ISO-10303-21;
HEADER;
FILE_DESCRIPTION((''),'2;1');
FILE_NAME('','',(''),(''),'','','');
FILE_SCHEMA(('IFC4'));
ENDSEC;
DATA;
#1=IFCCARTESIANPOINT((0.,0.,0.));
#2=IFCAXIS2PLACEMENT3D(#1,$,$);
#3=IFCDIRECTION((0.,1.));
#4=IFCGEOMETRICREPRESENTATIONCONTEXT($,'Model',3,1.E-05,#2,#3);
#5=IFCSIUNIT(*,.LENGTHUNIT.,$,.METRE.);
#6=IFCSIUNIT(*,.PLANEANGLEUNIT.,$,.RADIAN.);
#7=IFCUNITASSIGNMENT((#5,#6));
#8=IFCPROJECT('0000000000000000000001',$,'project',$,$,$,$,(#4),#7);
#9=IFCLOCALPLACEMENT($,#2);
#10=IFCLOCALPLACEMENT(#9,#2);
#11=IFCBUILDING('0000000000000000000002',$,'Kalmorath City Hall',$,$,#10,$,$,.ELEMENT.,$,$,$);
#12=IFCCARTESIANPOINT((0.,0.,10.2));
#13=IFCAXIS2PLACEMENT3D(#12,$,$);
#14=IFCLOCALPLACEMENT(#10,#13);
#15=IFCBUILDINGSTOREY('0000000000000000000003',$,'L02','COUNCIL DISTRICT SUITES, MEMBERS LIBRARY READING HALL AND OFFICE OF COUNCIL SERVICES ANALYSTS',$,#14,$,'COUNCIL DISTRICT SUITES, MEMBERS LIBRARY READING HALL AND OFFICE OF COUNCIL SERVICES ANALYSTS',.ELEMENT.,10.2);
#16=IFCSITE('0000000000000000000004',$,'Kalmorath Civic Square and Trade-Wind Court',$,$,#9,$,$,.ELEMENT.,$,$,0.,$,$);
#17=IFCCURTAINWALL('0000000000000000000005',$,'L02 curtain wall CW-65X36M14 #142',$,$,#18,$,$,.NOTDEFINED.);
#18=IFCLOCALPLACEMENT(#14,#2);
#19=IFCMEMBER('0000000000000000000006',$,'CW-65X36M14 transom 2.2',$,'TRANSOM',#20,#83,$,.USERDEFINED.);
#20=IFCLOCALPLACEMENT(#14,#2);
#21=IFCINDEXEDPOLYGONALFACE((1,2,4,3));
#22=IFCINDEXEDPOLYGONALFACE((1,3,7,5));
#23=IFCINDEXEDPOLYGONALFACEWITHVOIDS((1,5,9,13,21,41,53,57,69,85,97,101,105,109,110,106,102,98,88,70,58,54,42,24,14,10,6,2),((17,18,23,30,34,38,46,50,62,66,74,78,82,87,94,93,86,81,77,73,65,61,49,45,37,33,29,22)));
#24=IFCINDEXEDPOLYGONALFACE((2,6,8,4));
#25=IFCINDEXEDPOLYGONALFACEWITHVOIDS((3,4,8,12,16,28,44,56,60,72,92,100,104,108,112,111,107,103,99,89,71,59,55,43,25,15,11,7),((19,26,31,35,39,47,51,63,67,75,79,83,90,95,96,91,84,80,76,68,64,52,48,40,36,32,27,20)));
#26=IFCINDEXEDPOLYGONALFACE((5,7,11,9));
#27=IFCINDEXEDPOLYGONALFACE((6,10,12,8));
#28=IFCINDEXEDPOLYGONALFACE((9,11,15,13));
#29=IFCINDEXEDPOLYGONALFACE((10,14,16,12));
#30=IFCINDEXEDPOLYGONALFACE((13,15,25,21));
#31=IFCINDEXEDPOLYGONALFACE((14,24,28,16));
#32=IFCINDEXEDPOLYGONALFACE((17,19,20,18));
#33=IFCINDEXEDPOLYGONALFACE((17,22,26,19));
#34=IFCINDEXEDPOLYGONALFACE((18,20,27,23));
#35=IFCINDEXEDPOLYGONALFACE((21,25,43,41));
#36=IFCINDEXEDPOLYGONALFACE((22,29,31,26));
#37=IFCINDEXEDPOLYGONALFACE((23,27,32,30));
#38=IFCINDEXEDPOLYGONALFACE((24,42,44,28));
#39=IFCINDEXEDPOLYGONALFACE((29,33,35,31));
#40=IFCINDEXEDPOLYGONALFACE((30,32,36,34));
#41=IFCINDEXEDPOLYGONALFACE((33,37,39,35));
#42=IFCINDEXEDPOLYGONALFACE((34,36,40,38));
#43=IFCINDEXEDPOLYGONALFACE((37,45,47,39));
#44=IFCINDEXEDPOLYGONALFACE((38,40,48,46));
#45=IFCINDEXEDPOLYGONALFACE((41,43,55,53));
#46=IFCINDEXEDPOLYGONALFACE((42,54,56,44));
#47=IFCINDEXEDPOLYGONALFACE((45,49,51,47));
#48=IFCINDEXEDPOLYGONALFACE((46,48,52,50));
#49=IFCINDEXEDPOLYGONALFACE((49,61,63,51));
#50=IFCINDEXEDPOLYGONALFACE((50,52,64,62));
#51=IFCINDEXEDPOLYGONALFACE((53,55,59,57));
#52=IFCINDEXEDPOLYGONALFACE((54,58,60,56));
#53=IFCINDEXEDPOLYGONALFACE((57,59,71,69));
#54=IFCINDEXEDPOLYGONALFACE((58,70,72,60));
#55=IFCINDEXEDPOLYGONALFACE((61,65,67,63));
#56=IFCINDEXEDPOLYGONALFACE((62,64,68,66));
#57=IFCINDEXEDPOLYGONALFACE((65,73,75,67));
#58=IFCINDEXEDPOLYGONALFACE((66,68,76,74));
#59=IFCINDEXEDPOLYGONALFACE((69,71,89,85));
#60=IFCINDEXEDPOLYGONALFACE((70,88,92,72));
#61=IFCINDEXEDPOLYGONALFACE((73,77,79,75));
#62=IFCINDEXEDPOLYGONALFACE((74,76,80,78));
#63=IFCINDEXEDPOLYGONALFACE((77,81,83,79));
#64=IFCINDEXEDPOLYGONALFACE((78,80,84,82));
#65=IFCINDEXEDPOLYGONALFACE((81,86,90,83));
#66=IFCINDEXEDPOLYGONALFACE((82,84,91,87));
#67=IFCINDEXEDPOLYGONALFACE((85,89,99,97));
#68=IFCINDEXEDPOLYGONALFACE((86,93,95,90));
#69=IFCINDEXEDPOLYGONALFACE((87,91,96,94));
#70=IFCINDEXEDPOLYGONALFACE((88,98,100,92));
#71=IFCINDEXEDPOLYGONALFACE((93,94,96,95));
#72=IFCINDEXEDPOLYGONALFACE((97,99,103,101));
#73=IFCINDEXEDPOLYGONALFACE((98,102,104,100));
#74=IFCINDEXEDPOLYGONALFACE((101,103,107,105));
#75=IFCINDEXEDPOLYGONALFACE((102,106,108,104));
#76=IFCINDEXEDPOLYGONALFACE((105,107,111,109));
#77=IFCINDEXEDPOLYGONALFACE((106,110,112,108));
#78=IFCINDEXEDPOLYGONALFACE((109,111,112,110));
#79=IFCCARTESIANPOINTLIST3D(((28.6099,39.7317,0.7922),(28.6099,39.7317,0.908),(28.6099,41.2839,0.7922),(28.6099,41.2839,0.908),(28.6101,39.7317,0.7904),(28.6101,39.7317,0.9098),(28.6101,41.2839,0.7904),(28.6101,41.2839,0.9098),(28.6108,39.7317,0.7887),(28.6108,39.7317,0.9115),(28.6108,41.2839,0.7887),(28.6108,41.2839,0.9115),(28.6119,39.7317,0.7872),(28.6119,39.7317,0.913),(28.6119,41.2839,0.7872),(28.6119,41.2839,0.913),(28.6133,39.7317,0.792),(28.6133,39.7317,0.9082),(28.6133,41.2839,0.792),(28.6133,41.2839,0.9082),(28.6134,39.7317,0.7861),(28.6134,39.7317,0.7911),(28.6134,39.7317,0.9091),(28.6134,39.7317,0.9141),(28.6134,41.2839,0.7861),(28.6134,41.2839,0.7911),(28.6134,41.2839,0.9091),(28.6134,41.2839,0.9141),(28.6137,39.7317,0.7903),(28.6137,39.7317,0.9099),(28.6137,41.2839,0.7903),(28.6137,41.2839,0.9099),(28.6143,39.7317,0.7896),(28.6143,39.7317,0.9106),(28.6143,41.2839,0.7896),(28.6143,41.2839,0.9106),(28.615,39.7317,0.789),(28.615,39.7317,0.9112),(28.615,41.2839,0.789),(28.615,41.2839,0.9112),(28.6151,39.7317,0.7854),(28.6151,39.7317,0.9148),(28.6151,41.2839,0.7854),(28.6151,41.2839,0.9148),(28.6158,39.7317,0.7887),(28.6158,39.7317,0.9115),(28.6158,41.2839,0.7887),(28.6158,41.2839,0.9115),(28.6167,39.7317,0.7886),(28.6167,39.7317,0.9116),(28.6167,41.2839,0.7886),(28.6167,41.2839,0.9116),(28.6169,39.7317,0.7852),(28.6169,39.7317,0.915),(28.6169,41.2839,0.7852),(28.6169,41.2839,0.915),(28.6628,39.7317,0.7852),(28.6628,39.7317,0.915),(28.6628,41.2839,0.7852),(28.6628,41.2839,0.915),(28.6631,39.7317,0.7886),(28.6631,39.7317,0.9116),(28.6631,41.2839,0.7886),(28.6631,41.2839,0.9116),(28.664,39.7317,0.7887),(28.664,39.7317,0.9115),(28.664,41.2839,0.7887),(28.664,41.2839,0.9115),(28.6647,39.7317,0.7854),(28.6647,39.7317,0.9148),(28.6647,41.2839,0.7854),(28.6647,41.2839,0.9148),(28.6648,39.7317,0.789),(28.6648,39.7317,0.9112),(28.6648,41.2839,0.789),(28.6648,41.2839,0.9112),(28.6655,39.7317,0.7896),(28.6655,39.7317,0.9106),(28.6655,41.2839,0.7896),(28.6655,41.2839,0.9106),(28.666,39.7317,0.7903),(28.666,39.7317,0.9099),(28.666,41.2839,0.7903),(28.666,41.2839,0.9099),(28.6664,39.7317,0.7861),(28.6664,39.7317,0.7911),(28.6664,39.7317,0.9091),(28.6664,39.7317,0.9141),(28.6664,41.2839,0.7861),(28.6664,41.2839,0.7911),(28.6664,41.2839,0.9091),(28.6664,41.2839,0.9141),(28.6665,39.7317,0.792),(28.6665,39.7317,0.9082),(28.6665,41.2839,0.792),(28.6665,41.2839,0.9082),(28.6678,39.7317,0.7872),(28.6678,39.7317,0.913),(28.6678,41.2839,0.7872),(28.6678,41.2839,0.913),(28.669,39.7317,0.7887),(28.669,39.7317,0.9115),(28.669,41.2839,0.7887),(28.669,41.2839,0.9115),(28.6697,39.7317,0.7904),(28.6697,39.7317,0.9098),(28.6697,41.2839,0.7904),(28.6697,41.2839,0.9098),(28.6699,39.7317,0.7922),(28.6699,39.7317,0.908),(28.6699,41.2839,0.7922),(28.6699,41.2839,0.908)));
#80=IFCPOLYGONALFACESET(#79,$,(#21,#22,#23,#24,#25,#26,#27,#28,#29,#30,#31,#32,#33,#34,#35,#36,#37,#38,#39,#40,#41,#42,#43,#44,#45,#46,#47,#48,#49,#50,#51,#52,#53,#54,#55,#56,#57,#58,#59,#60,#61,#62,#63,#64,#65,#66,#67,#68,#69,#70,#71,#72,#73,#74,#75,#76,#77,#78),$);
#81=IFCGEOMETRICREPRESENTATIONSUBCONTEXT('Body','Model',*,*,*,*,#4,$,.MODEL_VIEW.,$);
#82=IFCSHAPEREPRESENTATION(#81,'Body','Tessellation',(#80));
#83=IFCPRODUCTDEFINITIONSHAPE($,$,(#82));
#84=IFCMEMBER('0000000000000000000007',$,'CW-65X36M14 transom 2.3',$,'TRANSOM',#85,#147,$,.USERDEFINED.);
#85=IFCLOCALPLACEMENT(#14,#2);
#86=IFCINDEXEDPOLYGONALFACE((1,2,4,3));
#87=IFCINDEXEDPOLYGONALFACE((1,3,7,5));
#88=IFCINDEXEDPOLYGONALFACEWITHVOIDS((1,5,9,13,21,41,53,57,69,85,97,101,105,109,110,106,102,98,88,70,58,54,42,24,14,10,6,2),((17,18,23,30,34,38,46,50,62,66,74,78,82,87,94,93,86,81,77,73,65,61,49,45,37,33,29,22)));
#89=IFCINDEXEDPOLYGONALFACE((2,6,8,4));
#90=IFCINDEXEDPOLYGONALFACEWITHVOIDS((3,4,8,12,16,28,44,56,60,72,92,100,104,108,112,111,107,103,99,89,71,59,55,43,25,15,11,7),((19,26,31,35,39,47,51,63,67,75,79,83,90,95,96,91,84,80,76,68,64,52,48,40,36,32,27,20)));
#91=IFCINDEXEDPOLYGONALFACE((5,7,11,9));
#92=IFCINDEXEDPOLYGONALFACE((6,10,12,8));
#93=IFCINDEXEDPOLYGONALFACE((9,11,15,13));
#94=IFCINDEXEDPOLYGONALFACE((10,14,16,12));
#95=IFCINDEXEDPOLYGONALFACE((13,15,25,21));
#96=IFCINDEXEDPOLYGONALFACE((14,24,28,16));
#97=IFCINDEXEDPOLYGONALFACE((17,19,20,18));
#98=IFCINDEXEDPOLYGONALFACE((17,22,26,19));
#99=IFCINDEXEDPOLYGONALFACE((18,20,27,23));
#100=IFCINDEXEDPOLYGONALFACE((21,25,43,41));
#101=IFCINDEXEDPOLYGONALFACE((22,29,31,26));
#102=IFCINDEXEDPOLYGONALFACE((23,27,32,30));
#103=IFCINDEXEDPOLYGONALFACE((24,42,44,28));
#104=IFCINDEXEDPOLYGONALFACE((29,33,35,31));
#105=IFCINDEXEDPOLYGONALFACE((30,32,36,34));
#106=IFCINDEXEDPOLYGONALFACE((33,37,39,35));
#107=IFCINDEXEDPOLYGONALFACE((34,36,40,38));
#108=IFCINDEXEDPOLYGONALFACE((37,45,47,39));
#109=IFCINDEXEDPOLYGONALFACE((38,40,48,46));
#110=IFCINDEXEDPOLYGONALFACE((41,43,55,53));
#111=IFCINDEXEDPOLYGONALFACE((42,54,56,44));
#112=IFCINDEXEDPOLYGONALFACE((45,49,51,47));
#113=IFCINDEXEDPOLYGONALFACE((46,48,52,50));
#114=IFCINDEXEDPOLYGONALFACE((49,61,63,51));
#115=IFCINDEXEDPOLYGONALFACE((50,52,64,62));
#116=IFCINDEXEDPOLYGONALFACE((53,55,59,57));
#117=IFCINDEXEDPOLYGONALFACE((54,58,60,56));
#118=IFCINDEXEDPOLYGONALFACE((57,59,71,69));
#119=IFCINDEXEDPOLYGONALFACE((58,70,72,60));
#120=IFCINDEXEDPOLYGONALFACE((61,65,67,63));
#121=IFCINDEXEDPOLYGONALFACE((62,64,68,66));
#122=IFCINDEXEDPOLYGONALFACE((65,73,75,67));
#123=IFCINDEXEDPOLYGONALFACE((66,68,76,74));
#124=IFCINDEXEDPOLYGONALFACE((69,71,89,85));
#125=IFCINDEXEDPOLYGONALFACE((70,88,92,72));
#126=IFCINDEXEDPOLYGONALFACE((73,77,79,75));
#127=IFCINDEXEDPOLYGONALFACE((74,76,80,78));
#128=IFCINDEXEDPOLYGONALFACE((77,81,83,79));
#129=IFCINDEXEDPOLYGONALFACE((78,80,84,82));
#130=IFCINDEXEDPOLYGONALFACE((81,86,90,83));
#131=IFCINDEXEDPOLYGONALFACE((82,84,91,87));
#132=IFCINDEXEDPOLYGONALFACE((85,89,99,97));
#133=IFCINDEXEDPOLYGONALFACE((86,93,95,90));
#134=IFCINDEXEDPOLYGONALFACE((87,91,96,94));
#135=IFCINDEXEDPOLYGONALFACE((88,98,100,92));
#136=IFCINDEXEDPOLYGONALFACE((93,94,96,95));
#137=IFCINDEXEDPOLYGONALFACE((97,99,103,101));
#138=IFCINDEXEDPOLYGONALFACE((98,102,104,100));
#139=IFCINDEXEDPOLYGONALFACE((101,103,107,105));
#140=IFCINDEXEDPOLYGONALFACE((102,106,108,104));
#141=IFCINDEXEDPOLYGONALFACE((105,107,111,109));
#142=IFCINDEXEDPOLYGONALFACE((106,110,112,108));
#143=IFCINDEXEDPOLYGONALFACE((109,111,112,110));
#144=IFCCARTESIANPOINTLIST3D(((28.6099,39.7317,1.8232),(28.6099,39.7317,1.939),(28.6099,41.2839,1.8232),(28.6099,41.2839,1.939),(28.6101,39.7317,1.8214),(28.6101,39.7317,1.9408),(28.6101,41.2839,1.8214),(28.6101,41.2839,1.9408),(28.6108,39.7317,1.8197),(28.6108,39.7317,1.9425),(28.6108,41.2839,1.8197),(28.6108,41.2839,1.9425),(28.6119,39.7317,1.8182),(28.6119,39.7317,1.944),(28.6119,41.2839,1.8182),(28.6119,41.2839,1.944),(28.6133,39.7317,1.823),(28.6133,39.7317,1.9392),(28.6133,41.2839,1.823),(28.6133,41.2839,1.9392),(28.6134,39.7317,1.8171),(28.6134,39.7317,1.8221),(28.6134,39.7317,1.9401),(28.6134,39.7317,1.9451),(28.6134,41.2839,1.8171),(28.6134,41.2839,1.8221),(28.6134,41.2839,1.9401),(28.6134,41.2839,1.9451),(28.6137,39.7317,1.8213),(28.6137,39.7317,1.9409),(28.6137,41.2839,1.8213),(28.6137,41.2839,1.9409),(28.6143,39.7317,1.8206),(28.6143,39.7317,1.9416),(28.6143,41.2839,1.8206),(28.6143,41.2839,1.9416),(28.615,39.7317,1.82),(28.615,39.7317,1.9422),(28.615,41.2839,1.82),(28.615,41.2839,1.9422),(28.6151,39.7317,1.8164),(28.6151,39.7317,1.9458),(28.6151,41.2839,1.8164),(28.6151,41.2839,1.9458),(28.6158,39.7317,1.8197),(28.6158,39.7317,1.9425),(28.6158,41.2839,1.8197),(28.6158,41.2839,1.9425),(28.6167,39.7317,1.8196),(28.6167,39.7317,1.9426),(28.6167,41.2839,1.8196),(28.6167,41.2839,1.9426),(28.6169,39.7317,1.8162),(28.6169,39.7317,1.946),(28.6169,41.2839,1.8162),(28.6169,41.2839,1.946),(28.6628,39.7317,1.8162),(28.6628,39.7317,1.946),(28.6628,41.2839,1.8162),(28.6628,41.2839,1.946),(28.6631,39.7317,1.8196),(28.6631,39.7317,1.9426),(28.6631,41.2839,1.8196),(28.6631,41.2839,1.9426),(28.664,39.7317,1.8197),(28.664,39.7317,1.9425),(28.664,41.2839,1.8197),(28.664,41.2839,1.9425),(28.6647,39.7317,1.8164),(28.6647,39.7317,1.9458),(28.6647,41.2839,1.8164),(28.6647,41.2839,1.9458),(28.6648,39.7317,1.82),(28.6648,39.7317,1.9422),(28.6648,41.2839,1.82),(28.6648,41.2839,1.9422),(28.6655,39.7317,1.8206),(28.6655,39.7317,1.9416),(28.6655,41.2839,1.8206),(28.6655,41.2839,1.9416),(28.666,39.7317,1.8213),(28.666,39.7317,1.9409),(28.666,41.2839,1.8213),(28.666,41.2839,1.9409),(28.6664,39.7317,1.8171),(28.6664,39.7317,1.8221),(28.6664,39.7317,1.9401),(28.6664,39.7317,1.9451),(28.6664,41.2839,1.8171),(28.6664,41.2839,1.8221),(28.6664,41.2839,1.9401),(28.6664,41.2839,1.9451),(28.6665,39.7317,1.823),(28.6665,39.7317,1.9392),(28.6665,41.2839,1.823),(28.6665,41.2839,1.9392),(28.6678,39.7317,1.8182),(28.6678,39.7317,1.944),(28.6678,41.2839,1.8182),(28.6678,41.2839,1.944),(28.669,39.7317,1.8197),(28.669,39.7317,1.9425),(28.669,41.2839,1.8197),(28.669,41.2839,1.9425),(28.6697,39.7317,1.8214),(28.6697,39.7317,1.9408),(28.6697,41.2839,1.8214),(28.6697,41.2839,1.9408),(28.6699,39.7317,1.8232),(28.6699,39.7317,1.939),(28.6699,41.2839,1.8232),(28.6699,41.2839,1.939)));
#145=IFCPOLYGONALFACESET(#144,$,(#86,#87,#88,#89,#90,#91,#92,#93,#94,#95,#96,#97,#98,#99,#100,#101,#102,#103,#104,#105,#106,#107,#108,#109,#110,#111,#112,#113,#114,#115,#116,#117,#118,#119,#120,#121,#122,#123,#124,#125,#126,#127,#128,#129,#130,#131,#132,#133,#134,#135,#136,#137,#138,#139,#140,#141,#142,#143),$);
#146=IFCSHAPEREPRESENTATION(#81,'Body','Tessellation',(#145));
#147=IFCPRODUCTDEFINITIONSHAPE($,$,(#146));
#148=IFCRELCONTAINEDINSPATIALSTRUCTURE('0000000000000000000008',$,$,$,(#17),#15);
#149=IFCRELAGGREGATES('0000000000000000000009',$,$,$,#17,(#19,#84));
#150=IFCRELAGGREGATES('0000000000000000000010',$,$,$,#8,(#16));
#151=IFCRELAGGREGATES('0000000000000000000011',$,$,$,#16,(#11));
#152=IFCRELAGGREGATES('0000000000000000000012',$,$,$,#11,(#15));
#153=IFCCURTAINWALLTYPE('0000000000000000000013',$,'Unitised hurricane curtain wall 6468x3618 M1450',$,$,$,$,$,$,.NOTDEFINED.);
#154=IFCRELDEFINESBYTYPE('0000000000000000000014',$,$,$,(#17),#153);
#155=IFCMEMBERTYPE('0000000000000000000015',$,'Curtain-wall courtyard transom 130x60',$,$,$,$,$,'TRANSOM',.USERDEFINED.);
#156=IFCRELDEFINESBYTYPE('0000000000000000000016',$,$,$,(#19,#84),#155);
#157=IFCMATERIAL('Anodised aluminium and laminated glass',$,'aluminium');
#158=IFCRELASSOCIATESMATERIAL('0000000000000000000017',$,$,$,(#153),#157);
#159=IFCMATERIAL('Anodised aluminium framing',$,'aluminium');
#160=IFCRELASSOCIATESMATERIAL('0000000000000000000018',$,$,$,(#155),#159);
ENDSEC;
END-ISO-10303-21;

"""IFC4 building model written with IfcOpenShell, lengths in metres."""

from ifc_helpers import new_model, si_unit, direction, frame, origin, origin_2d, place, context, subcontext, project, spatial, hollow_rectangle, extrude, material, material_profile, profile_set, type_object, element, aggregate, save


model = new_model("IFC4")

# Units and contexts
model_context = context("Model", 3, precision=1e-05, world=origin(), true_north=direction((0.0, 1.0)))
body_context = subcontext(model_context, "Body", "Model", "MODEL_VIEW")
ifc_project = project(units=[si_unit("LENGTHUNIT", "METRE"), si_unit("PLANEANGLEUNIT", "RADIAN")], contexts=[model_context])

# Site, building, storey
site_placement = place(None, origin())
site = spatial("IfcSite", under=ifc_project, at=site_placement, Name="Kalmorath Civic Square and Trade-Wind Court", CompositionType="ELEMENT", RefElevation=0.0)
building_placement = place(site_placement, origin())
building = spatial("IfcBuilding", under=site, at=building_placement, Name="Kalmorath City Hall", CompositionType="ELEMENT")
storey_placement = place(building_placement, frame((0.0, 0.0, 10.2)))
storey = spatial("IfcBuildingStorey", under=building, at=storey_placement, Name="L02", Description="COUNCIL DISTRICT SUITES, MEMBERS LIBRARY READING HALL AND OFFICE OF COUNCIL SERVICES ANALYSTS", LongName="COUNCIL DISTRICT SUITES, MEMBERS LIBRARY READING HALL AND OFFICE OF COUNCIL SERVICES ANALYSTS", CompositionType="ELEMENT", Elevation=10.2)

# Curtain wall, members
ifc_material_1 = material(Name="Anodised aluminium and laminated glass", Category="aluminium")
curtain_wall_type = type_object("IfcCurtainWallType", Name="Unitised hurricane curtain wall 6468x3618 M1450", PredefinedType="NOTDEFINED", material=ifc_material_1)
curtain_wall_placement = place(storey_placement, origin())
curtain_wall = element("IfcCurtainWall", 1, at=curtain_wall_placement, inside=storey, type_object=curtain_wall_type, Name="L02 curtain wall CW-65X36M14 #142", PredefinedType="NOTDEFINED")
ifc_material_2 = material(Name="Anodised aluminium framing", Category="aluminium")
ifc_material_profile_1 = material_profile(ifc_material_2, hollow_rectangle(XDim=0.0601, YDim=0.1299, WallThickness=0.0034, InnerFilletRadius=0.0034, OuterFilletRadius=0.0071, at=origin_2d()), Name="ALU-TRN-130X60X3.5")
ifc_profile_set_1 = profile_set([ifc_material_profile_1], Name="Anodised aluminium framing")
member_type_1 = type_object("IfcMemberType", Name="Curtain-wall courtyard transom 130x60", ElementType="TRANSOM", PredefinedType="USERDEFINED", material=ifc_profile_set_1)
member_1_placement = place(storey_placement, frame((28.6399, 41.2839, 0.8501), z_axis=(0.0, -1.0, 0.0), x_axis=(1.0, 0.0, 0.0)))
member_1 = element("IfcMember", 2, at=member_1_placement, type_object=member_type_1, Name="CW-65X36M14 transom 2.2", ObjectType="TRANSOM", PredefinedType="USERDEFINED", context=body_context, shape_type="SweptSolid", body=[
    extrude(hollow_rectangle(XDim=0.0601, YDim=0.1299, WallThickness=0.0034, InnerFilletRadius=0.0034, OuterFilletRadius=0.0071, at=origin_2d()), origin(), (0.0, 0.0, 1.0), 1.5522),
])
member_2_placement = place(storey_placement, frame((28.6399, 41.2839, 1.8811), z_axis=(0.0, -1.0, 0.0), x_axis=(1.0, 0.0, 0.0)))
member_2 = element("IfcMember", 3, at=member_2_placement, type_object=member_type_1, Name="CW-65X36M14 transom 2.3", ObjectType="TRANSOM", PredefinedType="USERDEFINED", context=body_context, shape_type="SweptSolid", body=[
    extrude(hollow_rectangle(XDim=0.0601, YDim=0.1299, WallThickness=0.0034, InnerFilletRadius=0.0034, OuterFilletRadius=0.0071, at=origin_2d()), origin(), (0.0, 0.0, 1.0), 1.5522),
])

aggregate(curtain_wall, [member_1, member_2])

save(model, "model.ifc")
